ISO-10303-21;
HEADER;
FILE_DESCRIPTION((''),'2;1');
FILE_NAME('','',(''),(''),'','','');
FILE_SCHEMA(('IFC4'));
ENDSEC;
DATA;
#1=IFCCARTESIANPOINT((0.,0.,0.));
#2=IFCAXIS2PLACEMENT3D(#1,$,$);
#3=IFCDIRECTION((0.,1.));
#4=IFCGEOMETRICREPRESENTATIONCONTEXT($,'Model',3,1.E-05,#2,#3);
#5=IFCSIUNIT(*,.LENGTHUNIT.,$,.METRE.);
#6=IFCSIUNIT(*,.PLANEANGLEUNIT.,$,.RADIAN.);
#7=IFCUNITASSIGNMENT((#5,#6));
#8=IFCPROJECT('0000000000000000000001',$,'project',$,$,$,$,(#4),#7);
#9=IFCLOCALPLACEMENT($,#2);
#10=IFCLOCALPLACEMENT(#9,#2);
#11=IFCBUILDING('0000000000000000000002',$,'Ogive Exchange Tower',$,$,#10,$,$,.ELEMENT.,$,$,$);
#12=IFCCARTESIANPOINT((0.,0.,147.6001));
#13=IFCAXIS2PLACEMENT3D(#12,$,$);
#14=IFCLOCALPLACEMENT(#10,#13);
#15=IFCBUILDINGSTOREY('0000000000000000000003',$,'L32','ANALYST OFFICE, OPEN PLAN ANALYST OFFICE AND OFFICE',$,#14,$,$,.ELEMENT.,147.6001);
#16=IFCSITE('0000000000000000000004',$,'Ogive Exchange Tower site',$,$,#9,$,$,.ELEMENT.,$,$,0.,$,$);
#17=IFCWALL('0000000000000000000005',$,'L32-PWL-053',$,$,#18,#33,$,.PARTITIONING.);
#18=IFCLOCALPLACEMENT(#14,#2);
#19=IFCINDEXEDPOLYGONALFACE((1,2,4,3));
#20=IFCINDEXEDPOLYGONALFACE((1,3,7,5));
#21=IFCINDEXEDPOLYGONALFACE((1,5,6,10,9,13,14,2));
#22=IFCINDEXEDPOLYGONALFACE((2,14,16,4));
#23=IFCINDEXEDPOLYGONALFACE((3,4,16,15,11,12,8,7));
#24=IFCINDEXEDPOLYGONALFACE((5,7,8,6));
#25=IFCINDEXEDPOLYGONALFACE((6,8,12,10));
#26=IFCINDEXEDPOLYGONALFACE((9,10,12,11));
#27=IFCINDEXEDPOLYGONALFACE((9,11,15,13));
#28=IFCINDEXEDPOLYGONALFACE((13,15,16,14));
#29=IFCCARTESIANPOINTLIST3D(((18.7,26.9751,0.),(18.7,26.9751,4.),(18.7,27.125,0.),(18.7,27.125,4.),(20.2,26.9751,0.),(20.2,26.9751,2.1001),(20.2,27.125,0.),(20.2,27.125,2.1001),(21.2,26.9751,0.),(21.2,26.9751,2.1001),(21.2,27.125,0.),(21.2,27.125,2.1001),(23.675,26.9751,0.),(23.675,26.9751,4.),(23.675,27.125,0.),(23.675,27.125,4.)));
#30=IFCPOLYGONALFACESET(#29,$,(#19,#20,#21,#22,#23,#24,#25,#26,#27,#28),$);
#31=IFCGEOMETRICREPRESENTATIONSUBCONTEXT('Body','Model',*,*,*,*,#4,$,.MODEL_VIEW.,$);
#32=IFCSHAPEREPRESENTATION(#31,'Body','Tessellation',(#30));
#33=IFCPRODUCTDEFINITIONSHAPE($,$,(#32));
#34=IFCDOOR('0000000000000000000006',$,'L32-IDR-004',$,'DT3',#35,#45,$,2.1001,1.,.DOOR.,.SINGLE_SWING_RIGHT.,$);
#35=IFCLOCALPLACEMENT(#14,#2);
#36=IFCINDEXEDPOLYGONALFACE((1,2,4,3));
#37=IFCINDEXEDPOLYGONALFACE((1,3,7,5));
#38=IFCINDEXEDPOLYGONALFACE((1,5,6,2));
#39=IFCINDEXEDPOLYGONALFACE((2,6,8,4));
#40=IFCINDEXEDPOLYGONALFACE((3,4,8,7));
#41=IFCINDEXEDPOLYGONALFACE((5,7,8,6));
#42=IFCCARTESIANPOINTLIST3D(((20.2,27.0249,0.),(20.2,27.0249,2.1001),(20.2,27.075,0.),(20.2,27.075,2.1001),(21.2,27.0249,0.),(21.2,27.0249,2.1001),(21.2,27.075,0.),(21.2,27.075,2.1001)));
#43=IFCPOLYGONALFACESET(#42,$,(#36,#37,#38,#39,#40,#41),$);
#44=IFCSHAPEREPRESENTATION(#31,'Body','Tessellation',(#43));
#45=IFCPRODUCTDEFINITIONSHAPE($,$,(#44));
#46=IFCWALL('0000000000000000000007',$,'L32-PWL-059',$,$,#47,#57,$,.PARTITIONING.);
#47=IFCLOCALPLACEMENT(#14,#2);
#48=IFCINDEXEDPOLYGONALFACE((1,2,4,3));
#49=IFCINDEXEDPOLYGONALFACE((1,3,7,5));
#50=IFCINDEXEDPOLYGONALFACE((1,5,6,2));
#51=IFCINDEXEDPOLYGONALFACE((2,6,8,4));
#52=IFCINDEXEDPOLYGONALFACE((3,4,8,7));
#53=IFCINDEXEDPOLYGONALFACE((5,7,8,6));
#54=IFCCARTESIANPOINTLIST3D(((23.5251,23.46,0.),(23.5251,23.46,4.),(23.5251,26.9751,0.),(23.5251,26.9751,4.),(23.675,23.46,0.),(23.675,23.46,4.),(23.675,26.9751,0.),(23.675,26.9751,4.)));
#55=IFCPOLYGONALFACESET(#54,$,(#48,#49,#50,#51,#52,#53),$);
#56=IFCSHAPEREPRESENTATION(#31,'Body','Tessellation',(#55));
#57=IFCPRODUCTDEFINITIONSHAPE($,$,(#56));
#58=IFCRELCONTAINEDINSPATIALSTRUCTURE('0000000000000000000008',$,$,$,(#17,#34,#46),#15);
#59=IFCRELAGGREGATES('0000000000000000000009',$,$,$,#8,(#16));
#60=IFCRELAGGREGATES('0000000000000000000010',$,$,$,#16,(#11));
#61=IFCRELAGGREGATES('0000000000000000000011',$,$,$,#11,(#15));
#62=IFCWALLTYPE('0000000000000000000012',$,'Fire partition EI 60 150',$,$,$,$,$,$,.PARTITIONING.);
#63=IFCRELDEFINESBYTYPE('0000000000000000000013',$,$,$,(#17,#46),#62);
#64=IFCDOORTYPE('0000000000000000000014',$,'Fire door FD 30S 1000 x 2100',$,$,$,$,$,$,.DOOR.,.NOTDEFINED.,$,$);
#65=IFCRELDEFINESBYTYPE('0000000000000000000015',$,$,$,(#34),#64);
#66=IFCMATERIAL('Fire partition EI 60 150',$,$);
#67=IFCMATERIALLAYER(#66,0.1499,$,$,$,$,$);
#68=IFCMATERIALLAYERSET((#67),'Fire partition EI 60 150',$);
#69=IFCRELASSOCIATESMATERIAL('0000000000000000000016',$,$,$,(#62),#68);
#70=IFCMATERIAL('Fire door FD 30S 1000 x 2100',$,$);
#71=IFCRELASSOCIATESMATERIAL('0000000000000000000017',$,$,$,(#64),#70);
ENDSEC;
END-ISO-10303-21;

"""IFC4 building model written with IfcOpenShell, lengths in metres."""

from ifc_helpers import new_model, si_unit, direction, frame, frame_2d, origin, place, context, subcontext, project, spatial, rectangle, extrude, material, layer, layer_set, type_object, element, fill, save


model = new_model("IFC4")

# Units and contexts
model_context = context("Model", 3, precision=1e-05, world=origin(), true_north=direction((0.0, 1.0)))
body_context = subcontext(model_context, "Body", "Model", "MODEL_VIEW")
ifc_project = project(units=[si_unit("LENGTHUNIT", "METRE"), si_unit("PLANEANGLEUNIT", "RADIAN")], contexts=[model_context])

# Site, building, storey
site_placement = place(None, origin())
site = spatial("IfcSite", under=ifc_project, at=site_placement, Name="Ogive Exchange Tower site", CompositionType="ELEMENT", RefElevation=0.0)
building_placement = place(site_placement, origin())
building = spatial("IfcBuilding", under=site, at=building_placement, Name="Ogive Exchange Tower", CompositionType="ELEMENT")
storey_placement = place(building_placement, frame((0.0, 0.0, 147.6001)))
storey = spatial("IfcBuildingStorey", under=building, at=storey_placement, Name="L32", Description="ANALYST OFFICE, OPEN PLAN ANALYST OFFICE AND OFFICE", CompositionType="ELEMENT", Elevation=147.6001)

# Wall, opening, door
ifc_material_1 = material(Name="Fire partition EI 60 150")
ifc_layer_1 = layer(ifc_material_1, 0.1499)
ifc_layer_set_1 = layer_set([ifc_layer_1], Name="Fire partition EI 60 150")
wall_type_1 = type_object("IfcWallType", Name="Fire partition EI 60 150", PredefinedType="PARTITIONING", material=ifc_layer_set_1)
wall_1_placement = place(storey_placement, frame((18.7, 27.05, 0.0), z_axis=(0.0, 0.0, 1.0), x_axis=(1.0, 0.0, 0.0)))
wall_1 = element("IfcWall", 1, at=wall_1_placement, inside=storey, type_object=wall_type_1, Name="L32-PWL-053", PredefinedType="PARTITIONING", context=body_context, shape_type="SweptSolid", body=[
    extrude(rectangle(XDim=4.9751, YDim=0.1499, at=frame_2d((2.4875, 0.0))), origin(), (0.0, 0.0, 1.0), 4.0),
])
opening_1_placement = place(wall_1_placement, frame((1.5, 0.0, 0.0)))
opening_1 = element("IfcOpeningElement", 2, at=opening_1_placement, cuts=wall_1, PredefinedType="OPENING", context=body_context, shape_type="SweptSolid", body=[
    extrude(rectangle(XDim=1.0, YDim=2.1001, at=frame_2d((0.5, 1.05))), frame((0.0, 0.085, 0.0), z_axis=(0.0, -1.0, 0.0), x_axis=(1.0, 0.0, 0.0)), (0.0, 0.0, 1.0), 0.1699),
])
ifc_material_2 = material(Name="Fire door FD 30S 1000 x 2100")
door_type_1 = type_object("IfcDoorType", Name="Fire door FD 30S 1000 x 2100", OperationType="NOTDEFINED", PredefinedType="DOOR", material=ifc_material_2)
door_1_placement = place(opening_1_placement, origin())
door_1 = element("IfcDoor", 3, at=door_1_placement, inside=storey, type_object=door_type_1, Name="L32-IDR-004", ObjectType="DT3", OperationType="SINGLE_SWING_RIGHT", OverallHeight=2.1001, OverallWidth=1.0, PredefinedType="DOOR", context=body_context, shape_type="SweptSolid", body=[
    extrude(rectangle(XDim=1.0, YDim=2.1001, at=frame_2d((0.5, 1.05))), frame((0.0, 0.0249, 0.0), z_axis=(0.0, -1.0, 0.0), x_axis=(1.0, 0.0, 0.0)), (0.0, 0.0, 1.0), 0.05),
])
fill(opening_1, door_1)

# Wall
wall_2_placement = place(storey_placement, frame((23.6001, 26.9751, 0.0), z_axis=(0.0, 0.0, 1.0), x_axis=(0.0, -1.0, 0.0)))
element("IfcWall", 4, at=wall_2_placement, inside=storey, type_object=wall_type_1, Name="L32-PWL-059", PredefinedType="PARTITIONING", context=body_context, shape_type="SweptSolid", body=[
    extrude(rectangle(XDim=3.5151, YDim=0.1499, at=frame_2d((1.7576, 0.0))), origin(), (0.0, 0.0, 1.0), 4.0),
])

save(model, "model.ifc")
